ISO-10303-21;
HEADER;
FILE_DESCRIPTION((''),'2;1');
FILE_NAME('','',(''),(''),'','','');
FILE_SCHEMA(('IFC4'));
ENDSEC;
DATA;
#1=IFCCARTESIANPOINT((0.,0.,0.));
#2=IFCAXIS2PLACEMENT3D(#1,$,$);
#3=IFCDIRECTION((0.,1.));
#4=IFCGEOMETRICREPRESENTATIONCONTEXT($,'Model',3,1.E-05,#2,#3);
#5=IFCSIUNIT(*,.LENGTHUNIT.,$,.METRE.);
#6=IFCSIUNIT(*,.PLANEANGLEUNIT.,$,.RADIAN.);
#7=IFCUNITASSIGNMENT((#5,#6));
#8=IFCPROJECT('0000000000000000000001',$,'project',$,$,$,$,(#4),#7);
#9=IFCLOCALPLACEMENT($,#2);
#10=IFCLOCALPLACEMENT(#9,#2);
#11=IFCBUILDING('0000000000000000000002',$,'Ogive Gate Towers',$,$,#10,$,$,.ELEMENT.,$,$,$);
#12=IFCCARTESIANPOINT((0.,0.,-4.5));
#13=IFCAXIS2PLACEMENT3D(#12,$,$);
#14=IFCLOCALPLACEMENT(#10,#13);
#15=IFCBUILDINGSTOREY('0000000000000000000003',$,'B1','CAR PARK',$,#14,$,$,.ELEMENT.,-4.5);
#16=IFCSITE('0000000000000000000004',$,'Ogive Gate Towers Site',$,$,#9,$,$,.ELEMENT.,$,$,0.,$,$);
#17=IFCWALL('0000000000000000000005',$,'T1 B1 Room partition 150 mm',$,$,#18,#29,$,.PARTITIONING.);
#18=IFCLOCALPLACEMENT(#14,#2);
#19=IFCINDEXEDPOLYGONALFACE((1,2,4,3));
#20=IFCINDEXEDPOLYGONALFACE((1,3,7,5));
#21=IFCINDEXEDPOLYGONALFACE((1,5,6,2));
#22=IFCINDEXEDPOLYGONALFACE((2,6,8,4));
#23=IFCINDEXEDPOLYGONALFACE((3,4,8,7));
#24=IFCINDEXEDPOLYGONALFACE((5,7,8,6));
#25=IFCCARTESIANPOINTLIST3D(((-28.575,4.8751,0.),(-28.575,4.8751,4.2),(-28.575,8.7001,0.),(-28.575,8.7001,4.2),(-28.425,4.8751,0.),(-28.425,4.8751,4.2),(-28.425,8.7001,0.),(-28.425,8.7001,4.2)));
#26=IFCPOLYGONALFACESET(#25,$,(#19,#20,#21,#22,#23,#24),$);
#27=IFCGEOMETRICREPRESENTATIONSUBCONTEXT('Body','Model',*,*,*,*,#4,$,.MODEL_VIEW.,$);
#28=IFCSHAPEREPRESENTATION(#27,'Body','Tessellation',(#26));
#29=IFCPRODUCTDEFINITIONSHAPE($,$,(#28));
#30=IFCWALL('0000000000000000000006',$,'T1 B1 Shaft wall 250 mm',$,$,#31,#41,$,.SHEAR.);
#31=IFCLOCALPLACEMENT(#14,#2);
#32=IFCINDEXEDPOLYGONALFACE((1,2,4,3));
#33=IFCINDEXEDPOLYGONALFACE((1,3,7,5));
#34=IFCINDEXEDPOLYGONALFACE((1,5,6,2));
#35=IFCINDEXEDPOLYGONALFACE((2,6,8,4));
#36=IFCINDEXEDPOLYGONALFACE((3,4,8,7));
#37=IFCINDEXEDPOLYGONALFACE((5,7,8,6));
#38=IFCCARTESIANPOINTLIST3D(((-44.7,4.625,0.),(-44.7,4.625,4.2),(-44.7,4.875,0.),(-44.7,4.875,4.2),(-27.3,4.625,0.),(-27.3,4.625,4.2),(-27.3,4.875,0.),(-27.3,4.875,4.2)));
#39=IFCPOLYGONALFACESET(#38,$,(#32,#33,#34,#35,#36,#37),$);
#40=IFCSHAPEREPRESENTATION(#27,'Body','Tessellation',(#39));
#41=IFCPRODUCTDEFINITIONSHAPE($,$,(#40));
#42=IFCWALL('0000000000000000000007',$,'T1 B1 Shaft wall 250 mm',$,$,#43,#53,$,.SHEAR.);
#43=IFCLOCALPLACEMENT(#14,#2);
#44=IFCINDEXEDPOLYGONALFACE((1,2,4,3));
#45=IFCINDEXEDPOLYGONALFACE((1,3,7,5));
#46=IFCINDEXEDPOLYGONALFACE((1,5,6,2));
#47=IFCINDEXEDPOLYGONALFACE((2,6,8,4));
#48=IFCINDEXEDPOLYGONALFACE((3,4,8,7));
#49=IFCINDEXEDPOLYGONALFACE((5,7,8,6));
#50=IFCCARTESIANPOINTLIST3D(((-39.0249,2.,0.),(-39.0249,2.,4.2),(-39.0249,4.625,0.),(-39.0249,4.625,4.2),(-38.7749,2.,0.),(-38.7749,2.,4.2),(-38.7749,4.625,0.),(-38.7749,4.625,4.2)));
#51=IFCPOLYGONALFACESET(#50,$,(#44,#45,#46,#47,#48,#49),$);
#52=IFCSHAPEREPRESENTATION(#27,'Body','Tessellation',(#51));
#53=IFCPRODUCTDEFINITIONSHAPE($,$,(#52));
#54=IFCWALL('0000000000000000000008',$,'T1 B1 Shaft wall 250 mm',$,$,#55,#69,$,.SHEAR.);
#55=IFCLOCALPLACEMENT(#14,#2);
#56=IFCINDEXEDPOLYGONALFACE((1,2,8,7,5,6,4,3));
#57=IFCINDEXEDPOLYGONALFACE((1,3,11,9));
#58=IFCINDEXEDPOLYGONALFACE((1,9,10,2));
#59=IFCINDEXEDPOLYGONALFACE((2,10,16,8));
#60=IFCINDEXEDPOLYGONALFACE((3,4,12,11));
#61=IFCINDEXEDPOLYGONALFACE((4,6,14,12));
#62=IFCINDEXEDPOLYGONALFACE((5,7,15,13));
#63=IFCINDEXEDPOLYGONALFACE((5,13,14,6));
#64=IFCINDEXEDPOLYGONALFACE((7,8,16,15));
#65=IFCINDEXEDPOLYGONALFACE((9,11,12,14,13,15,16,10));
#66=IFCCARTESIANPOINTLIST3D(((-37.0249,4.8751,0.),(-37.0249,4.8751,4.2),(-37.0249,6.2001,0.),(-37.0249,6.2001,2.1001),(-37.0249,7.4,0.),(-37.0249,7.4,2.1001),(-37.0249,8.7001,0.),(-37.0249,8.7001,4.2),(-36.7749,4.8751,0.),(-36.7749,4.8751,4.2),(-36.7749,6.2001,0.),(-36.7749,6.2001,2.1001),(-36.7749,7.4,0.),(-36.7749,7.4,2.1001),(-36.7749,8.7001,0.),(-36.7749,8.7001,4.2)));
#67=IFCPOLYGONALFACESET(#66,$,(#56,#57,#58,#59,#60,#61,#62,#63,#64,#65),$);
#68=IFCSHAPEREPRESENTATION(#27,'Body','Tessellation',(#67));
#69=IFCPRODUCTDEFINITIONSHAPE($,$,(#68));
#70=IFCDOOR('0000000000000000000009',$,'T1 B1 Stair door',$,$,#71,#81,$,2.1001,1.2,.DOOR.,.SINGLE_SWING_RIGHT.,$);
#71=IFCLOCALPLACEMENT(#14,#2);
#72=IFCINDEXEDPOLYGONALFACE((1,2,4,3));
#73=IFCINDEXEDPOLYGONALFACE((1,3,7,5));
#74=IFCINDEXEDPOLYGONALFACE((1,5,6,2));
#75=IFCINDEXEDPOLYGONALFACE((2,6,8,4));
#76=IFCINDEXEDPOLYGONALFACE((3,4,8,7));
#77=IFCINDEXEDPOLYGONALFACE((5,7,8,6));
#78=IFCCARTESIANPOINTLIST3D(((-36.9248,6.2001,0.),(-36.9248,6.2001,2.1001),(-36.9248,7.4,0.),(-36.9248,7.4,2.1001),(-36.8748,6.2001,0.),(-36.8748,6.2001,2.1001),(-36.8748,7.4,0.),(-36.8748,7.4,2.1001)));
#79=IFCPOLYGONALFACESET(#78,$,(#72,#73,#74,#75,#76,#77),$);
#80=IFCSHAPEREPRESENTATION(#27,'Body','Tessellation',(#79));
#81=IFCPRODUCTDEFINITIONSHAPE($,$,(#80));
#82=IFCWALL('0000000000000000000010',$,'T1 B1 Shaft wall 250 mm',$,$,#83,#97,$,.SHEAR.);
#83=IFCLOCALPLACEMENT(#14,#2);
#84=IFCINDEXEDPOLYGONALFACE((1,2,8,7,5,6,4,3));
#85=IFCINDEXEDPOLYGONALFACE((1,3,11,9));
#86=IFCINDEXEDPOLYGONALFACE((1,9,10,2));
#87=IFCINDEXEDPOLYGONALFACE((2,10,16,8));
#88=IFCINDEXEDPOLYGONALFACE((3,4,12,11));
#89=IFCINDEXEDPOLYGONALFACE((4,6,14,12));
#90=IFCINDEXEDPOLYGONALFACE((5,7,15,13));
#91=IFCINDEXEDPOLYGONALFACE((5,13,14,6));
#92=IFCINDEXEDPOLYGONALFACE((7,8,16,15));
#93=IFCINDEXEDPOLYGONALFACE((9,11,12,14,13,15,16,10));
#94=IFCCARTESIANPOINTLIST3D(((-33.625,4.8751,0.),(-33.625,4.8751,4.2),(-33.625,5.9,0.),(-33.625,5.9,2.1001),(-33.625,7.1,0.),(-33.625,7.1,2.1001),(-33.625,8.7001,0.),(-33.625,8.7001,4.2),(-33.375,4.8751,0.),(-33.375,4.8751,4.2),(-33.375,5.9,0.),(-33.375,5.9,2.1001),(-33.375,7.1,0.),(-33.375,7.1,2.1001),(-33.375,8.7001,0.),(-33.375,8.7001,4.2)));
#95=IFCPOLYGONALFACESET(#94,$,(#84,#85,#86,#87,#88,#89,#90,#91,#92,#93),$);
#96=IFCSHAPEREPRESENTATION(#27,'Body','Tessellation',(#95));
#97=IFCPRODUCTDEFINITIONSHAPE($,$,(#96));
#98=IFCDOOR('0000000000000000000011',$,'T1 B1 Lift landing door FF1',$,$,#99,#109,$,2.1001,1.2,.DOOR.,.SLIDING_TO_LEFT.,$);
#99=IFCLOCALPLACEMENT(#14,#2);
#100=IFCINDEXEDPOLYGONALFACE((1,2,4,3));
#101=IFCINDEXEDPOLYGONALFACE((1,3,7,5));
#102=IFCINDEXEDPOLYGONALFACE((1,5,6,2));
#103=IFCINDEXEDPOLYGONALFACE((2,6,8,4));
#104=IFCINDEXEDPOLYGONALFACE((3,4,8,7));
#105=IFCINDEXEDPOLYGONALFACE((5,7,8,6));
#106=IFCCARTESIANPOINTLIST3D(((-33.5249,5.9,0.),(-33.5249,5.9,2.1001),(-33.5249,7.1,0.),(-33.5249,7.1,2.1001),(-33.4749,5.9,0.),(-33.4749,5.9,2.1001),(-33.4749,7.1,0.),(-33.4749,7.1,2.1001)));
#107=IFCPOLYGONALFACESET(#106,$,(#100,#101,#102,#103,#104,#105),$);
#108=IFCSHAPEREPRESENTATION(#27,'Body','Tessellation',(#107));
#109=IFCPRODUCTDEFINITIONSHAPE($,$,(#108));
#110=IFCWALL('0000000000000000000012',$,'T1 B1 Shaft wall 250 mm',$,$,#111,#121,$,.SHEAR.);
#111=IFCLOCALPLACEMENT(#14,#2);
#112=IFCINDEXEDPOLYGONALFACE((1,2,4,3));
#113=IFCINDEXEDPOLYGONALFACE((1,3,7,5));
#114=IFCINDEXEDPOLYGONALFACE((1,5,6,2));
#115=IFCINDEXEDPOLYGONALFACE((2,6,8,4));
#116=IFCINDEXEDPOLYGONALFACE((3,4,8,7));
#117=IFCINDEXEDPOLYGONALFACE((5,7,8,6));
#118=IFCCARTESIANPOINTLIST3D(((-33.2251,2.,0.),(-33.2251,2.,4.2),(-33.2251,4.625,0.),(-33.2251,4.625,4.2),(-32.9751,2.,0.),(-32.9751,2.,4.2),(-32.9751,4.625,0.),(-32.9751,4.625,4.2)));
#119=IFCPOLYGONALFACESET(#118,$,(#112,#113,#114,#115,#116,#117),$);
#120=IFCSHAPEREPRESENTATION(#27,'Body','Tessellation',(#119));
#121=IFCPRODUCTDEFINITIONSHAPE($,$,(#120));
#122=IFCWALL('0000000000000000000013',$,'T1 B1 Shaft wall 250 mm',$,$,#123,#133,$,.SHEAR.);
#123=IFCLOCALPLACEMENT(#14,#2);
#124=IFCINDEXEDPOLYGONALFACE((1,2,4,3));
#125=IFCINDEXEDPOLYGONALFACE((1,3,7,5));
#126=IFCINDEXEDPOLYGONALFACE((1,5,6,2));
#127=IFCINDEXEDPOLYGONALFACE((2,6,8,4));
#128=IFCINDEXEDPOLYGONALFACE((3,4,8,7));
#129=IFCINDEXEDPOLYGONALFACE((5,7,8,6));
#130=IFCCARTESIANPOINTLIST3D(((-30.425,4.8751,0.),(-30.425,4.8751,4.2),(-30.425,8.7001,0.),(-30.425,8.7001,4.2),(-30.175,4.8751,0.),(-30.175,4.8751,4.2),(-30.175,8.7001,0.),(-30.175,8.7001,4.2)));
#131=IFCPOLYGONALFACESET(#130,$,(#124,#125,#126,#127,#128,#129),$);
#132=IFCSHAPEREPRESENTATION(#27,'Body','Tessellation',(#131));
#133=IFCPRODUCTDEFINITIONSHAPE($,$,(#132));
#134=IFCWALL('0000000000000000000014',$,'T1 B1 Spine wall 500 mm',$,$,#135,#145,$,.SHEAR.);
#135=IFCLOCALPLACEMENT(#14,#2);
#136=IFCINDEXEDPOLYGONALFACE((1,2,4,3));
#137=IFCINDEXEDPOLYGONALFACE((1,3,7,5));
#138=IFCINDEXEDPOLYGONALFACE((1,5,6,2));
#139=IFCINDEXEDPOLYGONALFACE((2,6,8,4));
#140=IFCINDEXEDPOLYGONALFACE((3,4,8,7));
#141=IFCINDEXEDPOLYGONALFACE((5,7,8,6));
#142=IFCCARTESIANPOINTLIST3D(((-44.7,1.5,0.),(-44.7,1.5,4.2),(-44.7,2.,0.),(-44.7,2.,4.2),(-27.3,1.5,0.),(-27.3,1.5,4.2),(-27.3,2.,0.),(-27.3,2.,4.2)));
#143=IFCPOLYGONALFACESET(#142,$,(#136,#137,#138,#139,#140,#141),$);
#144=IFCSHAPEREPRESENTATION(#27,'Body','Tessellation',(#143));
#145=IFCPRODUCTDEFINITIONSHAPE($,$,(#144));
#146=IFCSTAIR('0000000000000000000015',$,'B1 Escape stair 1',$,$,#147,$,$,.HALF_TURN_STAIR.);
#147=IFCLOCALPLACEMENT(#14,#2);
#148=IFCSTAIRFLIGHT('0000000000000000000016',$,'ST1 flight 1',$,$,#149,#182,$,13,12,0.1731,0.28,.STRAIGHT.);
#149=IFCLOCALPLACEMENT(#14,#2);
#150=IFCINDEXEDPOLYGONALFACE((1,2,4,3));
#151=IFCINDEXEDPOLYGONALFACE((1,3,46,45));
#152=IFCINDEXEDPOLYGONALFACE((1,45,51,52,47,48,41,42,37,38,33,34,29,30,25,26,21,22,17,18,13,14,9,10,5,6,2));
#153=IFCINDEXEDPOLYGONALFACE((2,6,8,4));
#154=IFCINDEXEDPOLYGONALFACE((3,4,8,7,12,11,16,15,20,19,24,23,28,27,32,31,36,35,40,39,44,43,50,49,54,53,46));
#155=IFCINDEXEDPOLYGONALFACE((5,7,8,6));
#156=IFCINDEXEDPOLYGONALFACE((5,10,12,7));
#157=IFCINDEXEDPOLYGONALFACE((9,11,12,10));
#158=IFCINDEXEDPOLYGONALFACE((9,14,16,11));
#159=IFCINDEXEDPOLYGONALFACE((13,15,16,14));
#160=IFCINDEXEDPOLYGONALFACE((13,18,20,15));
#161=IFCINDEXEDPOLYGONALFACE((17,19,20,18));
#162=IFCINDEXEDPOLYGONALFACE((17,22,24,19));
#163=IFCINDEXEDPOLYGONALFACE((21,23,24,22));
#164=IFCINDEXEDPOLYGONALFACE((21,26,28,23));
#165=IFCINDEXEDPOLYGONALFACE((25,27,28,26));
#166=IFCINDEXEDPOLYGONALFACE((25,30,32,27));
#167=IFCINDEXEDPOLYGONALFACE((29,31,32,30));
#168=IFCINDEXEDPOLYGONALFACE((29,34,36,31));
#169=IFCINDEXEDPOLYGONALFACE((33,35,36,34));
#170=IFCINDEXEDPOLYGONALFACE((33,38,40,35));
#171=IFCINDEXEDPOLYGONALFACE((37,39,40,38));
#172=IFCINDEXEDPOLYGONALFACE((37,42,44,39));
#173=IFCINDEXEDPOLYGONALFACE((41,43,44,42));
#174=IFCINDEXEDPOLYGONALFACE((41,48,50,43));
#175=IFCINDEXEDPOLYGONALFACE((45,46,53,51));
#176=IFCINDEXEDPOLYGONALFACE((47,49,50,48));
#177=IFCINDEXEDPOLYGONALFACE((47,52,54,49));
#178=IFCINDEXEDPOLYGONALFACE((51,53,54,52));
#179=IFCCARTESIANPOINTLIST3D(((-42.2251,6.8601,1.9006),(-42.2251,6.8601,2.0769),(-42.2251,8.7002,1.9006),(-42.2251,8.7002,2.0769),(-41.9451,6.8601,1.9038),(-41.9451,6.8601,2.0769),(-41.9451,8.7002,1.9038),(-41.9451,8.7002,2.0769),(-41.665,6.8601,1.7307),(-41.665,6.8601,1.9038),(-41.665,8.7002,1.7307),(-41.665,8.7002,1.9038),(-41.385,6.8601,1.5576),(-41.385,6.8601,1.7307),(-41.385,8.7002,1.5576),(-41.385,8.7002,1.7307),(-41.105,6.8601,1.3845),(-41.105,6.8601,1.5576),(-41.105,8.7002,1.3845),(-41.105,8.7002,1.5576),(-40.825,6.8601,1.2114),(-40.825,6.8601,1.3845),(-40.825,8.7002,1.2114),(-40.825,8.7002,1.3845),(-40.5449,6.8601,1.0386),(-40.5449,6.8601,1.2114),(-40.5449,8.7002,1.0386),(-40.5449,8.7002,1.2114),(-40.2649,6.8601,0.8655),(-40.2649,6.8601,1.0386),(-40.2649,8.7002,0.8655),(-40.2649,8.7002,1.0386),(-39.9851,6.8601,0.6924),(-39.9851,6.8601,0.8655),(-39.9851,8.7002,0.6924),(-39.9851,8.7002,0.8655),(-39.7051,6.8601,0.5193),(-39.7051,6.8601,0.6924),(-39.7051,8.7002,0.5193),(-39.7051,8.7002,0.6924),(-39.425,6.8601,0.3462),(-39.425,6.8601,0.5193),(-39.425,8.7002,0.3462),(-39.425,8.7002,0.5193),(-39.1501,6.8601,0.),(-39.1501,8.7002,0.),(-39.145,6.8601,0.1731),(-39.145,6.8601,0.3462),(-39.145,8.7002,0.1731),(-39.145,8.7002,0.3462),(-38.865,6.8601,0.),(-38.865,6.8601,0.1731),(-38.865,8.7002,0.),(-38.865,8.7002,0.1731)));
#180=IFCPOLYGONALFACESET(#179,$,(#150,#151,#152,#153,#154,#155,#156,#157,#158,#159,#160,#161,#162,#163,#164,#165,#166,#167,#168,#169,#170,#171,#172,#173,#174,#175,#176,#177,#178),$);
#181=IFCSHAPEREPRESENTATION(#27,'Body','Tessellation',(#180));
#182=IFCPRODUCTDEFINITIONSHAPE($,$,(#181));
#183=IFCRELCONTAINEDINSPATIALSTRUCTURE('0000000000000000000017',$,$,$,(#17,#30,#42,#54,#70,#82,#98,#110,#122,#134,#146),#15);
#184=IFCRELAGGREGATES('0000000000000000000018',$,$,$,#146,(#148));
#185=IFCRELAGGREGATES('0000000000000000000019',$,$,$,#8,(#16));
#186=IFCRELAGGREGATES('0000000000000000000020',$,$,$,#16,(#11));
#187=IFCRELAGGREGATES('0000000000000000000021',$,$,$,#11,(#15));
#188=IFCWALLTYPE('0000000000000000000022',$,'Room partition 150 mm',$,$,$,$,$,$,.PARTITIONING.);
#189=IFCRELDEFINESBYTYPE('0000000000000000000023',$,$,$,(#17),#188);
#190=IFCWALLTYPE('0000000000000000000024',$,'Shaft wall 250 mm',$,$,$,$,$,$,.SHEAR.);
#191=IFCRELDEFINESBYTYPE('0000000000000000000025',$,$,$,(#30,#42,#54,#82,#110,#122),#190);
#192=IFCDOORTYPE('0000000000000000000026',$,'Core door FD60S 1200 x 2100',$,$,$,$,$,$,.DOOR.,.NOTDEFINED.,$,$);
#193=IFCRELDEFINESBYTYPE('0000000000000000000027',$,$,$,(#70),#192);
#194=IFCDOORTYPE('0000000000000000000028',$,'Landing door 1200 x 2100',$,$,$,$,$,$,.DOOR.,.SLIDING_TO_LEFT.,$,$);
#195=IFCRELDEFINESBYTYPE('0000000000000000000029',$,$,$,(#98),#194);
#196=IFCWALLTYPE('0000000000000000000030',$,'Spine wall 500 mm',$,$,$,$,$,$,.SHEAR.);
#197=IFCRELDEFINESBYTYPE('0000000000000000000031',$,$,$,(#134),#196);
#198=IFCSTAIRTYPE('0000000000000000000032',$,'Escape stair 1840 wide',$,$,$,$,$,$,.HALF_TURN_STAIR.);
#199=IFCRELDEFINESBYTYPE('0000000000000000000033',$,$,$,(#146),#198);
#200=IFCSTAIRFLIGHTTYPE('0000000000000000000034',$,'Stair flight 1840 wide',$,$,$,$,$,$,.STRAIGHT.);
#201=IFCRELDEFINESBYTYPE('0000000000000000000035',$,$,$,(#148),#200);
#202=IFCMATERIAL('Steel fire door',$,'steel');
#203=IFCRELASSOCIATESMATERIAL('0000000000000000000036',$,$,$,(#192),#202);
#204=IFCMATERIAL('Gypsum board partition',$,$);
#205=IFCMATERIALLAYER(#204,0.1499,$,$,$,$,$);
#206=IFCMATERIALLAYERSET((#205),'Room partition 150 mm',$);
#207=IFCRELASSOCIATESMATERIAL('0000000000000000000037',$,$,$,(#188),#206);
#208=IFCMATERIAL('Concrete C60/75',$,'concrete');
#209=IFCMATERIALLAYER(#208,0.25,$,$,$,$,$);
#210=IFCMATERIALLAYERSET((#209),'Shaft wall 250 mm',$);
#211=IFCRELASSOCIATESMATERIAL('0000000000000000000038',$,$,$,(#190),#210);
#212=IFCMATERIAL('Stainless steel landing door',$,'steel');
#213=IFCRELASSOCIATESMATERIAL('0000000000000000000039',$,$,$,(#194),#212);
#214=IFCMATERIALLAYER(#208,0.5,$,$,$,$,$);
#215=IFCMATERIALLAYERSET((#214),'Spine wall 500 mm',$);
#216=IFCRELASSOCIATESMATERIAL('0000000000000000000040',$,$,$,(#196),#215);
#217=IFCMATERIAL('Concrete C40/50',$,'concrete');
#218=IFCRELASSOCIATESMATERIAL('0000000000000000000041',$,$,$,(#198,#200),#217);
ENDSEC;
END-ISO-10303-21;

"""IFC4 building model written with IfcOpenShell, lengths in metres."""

from ifc_helpers import new_model, si_unit, direction, frame, frame_2d, origin, place, context, subcontext, project, spatial, polyline, rectangle, outline, extrude, material, layer, layer_set, type_object, element, fill, aggregate, save


model = new_model("IFC4")

# Units and contexts
model_context = context("Model", 3, precision=1e-05, world=origin(), true_north=direction((0.0, 1.0)))
body_context = subcontext(model_context, "Body", "Model", "MODEL_VIEW")
ifc_project = project(units=[si_unit("LENGTHUNIT", "METRE"), si_unit("PLANEANGLEUNIT", "RADIAN")], contexts=[model_context])

# Site, building, storey
site_placement = place(None, origin())
site = spatial("IfcSite", under=ifc_project, at=site_placement, Name="Ogive Gate Towers Site", CompositionType="ELEMENT", RefElevation=0.0)
building_placement = place(site_placement, origin())
building = spatial("IfcBuilding", under=site, at=building_placement, Name="Ogive Gate Towers", CompositionType="ELEMENT")
storey_placement = place(building_placement, frame((0.0, 0.0, -4.5)))
storey = spatial("IfcBuildingStorey", under=building, at=storey_placement, Name="B1", Description="CAR PARK", CompositionType="ELEMENT", Elevation=-4.5)

# Shared definitions
ifc_material_1 = material(Name="Concrete C60/75", Category="concrete")
ifc_material_2 = material(Name="Steel fire door", Category="steel")
door_type_1 = type_object("IfcDoorType", Name="Core door FD60S 1200 x 2100", OperationType="NOTDEFINED", PredefinedType="DOOR", material=ifc_material_2)

# Walls
ifc_material_3 = material(Name="Gypsum board partition")
ifc_layer_1 = layer(ifc_material_3, 0.1499)
ifc_layer_set_1 = layer_set([ifc_layer_1], Name="Room partition 150 mm")
wall_type_1 = type_object("IfcWallType", Name="Room partition 150 mm", PredefinedType="PARTITIONING", material=ifc_layer_set_1)
wall_1_placement = place(storey_placement, frame((-28.5, 4.875, 0.0), z_axis=(0.0, 0.0, 1.0), x_axis=(0.0, 1.0, 0.0)))
element("IfcWall", 1, at=wall_1_placement, inside=storey, type_object=wall_type_1, Name="T1 B1 Room partition 150 mm", PredefinedType="PARTITIONING", context=body_context, shape_type="SweptSolid", body=[
    extrude(rectangle(XDim=3.825, YDim=0.1499, at=frame_2d((1.9126, 0.0))), origin(), (0.0, 0.0, 1.0), 4.2),
])
ifc_layer_2 = layer(ifc_material_1, 0.25)
ifc_layer_set_2 = layer_set([ifc_layer_2], Name="Shaft wall 250 mm")
wall_type_2 = type_object("IfcWallType", Name="Shaft wall 250 mm", PredefinedType="SHEAR", material=ifc_layer_set_2)
wall_2_placement = place(storey_placement, frame((-44.7, 4.75, 0.0), z_axis=(0.0, 0.0, 1.0), x_axis=(1.0, 0.0, 0.0)))
element("IfcWall", 2, at=wall_2_placement, inside=storey, type_object=wall_type_2, Name="T1 B1 Shaft wall 250 mm", PredefinedType="SHEAR", context=body_context, shape_type="SweptSolid", body=[
    extrude(rectangle(XDim=17.3999, YDim=0.25, at=frame_2d((8.7, 0.0))), origin(), (0.0, 0.0, 1.0), 4.2),
])
wall_3_placement = place(storey_placement, frame((-38.8999, 2.0, 0.0), z_axis=(0.0, 0.0, 1.0), x_axis=(0.0, 1.0, 0.0)))
element("IfcWall", 3, at=wall_3_placement, inside=storey, type_object=wall_type_2, Name="T1 B1 Shaft wall 250 mm", PredefinedType="SHEAR", context=body_context, shape_type="SweptSolid", body=[
    extrude(rectangle(XDim=2.625, YDim=0.25, at=frame_2d((1.3125, 0.0))), origin(), (0.0, 0.0, 1.0), 4.2),
])

# Walls, openings, doors
wall_4_placement = place(storey_placement, frame((-36.8999, 4.875, 0.0), z_axis=(0.0, 0.0, 1.0), x_axis=(0.0, 1.0, 0.0)))
wall_4 = element("IfcWall", 4, at=wall_4_placement, inside=storey, type_object=wall_type_2, Name="T1 B1 Shaft wall 250 mm", PredefinedType="SHEAR", context=body_context, shape_type="SweptSolid", body=[
    extrude(rectangle(XDim=3.825, YDim=0.25, at=frame_2d((1.9126, 0.0))), origin(), (0.0, 0.0, 1.0), 4.2),
])
opening_1_placement = place(wall_4_placement, frame((1.325, 0.0, 0.0)))
opening_1 = element("IfcOpeningElement", 5, at=opening_1_placement, cuts=wall_4, PredefinedType="OPENING", context=body_context, shape_type="SweptSolid", body=[
    extrude(rectangle(XDim=1.2, YDim=2.1001, at=frame_2d((0.6001, 1.05))), frame((0.0, 0.135, 0.0), z_axis=(0.0, -1.0, 0.0), x_axis=(1.0, 0.0, 0.0)), (0.0, 0.0, 1.0), 0.27),
])
door_1_placement = place(opening_1_placement, origin())
door_1 = element("IfcDoor", 6, at=door_1_placement, inside=storey, type_object=door_type_1, Name="T1 B1 Stair door", OperationType="SINGLE_SWING_RIGHT", OverallHeight=2.1001, OverallWidth=1.2, PredefinedType="DOOR", context=body_context, shape_type="SweptSolid", body=[
    extrude(rectangle(XDim=1.2, YDim=2.1001, at=frame_2d((0.6001, 1.05))), frame((0.0, 0.0249, 0.0), z_axis=(0.0, -1.0, 0.0), x_axis=(1.0, 0.0, 0.0)), (0.0, 0.0, 1.0), 0.05),
])
fill(opening_1, door_1)
wall_5_placement = place(storey_placement, frame((-33.5, 4.875, 0.0), z_axis=(0.0, 0.0, 1.0), x_axis=(0.0, 1.0, 0.0)))
wall_5 = element("IfcWall", 7, at=wall_5_placement, inside=storey, type_object=wall_type_2, Name="T1 B1 Shaft wall 250 mm", PredefinedType="SHEAR", context=body_context, shape_type="SweptSolid", body=[
    extrude(rectangle(XDim=3.825, YDim=0.25, at=frame_2d((1.9126, 0.0))), origin(), (0.0, 0.0, 1.0), 4.2),
])
opening_2_placement = place(wall_5_placement, frame((1.0249, 0.0, 0.0)))
opening_2 = element("IfcOpeningElement", 8, at=opening_2_placement, cuts=wall_5, PredefinedType="OPENING", context=body_context, shape_type="SweptSolid", body=[
    extrude(rectangle(XDim=1.2, YDim=2.1001, at=frame_2d((0.6001, 1.05))), frame((0.0, 0.135, 0.0), z_axis=(0.0, -1.0, 0.0), x_axis=(1.0, 0.0, 0.0)), (0.0, 0.0, 1.0), 0.27),
])
ifc_material_4 = material(Name="Stainless steel landing door", Category="steel")
door_type_2 = type_object("IfcDoorType", Name="Landing door 1200 x 2100", OperationType="SLIDING_TO_LEFT", PredefinedType="DOOR", material=ifc_material_4)
door_2_placement = place(opening_2_placement, origin())
door_2 = element("IfcDoor", 9, at=door_2_placement, inside=storey, type_object=door_type_2, Name="T1 B1 Lift landing door FF1", OperationType="SLIDING_TO_LEFT", OverallHeight=2.1001, OverallWidth=1.2, PredefinedType="DOOR", context=body_context, shape_type="SweptSolid", body=[
    extrude(rectangle(XDim=1.2, YDim=2.1001, at=frame_2d((0.6001, 1.05))), frame((0.0, 0.0249, 0.0), z_axis=(0.0, -1.0, 0.0), x_axis=(1.0, 0.0, 0.0)), (0.0, 0.0, 1.0), 0.05),
])
fill(opening_2, door_2)

# Walls
wall_6_placement = place(storey_placement, frame((-33.1001, 2.0, 0.0), z_axis=(0.0, 0.0, 1.0), x_axis=(0.0, 1.0, 0.0)))
element("IfcWall", 10, at=wall_6_placement, inside=storey, type_object=wall_type_2, Name="T1 B1 Shaft wall 250 mm", PredefinedType="SHEAR", context=body_context, shape_type="SweptSolid", body=[
    extrude(rectangle(XDim=2.625, YDim=0.25, at=frame_2d((1.3125, 0.0))), origin(), (0.0, 0.0, 1.0), 4.2),
])
wall_7_placement = place(storey_placement, frame((-30.3, 4.875, 0.0), z_axis=(0.0, 0.0, 1.0), x_axis=(0.0, 1.0, 0.0)))
element("IfcWall", 11, at=wall_7_placement, inside=storey, type_object=wall_type_2, Name="T1 B1 Shaft wall 250 mm", PredefinedType="SHEAR", context=body_context, shape_type="SweptSolid", body=[
    extrude(rectangle(XDim=3.825, YDim=0.25, at=frame_2d((1.9126, 0.0))), origin(), (0.0, 0.0, 1.0), 4.2),
])
ifc_layer_3 = layer(ifc_material_1, 0.5)
ifc_layer_set_3 = layer_set([ifc_layer_3], Name="Spine wall 500 mm")
wall_type_3 = type_object("IfcWallType", Name="Spine wall 500 mm", PredefinedType="SHEAR", material=ifc_layer_set_3)
wall_8_placement = place(storey_placement, frame((-44.7, 1.75, 0.0), z_axis=(0.0, 0.0, 1.0), x_axis=(1.0, 0.0, 0.0)))
element("IfcWall", 12, at=wall_8_placement, inside=storey, type_object=wall_type_3, Name="T1 B1 Spine wall 500 mm", PredefinedType="SHEAR", context=body_context, shape_type="SweptSolid", body=[
    extrude(rectangle(XDim=17.3999, YDim=0.5, at=frame_2d((8.7, 0.0))), origin(), (0.0, 0.0, 1.0), 4.2),
])

# Stair, stair flight
ifc_material_5 = material(Name="Concrete C40/50", Category="concrete")
stair_type = type_object("IfcStairType", Name="Escape stair 1840 wide", PredefinedType="HALF_TURN_STAIR", material=ifc_material_5)
stair_placement = place(storey_placement, origin())
stair = element("IfcStair", 13, at=stair_placement, inside=storey, type_object=stair_type, Name="B1 Escape stair 1", PredefinedType="HALF_TURN_STAIR")
stair_flight_type = type_object("IfcStairFlightType", Name="Stair flight 1840 wide", PredefinedType="STRAIGHT", material=ifc_material_5)
stair_flight_1_placement = place(storey_placement, frame((-38.865, 7.78, 0.0), z_axis=(0.0, 0.0, 1.0), x_axis=(-1.0, 0.0, 0.0)))
stair_flight_1 = element("IfcStairFlight", 14, at=stair_flight_1_placement, type_object=stair_flight_type, Name="ST1 flight 1", NumberOfRisers=13, NumberOfTreads=12, PredefinedType="STRAIGHT", RiserHeight=0.1731, TreadLength=0.28, context=body_context, shape_type="SweptSolid", body=[
    extrude(outline(polyline([(0.0, 0.0), (0.0, 0.1731), (0.28, 0.1731), (0.28, 0.3462), (0.5601, 0.3462), (0.5601, 0.5193), (0.8401, 0.5193), (0.8401, 0.6924), (1.1201, 0.6924), (1.1201, 0.8655), (1.3999, 0.8655), (1.3999, 1.0386), (1.6799, 1.0386), (1.6799, 1.2114), (1.96, 1.2114), (1.96, 1.3845), (2.24, 1.3845), (2.24, 1.5576), (2.52, 1.5576), (2.52, 1.7307), (2.8, 1.7307), (2.8, 1.9038), (3.0801, 1.9038), (3.0801, 2.0769), (3.3601, 2.0769), (3.3601, 2.25), (3.3601, 1.9006), (0.2852, 0.0), (0.0, 0.0)])), frame((0.0, 0.9199, 0.0), z_axis=(0.0, -1.0, 0.0), x_axis=(1.0, 0.0, 0.0)), (0.0, 0.0, 1.0), 1.8401),
])
aggregate(stair, [stair_flight_1])

save(model, "model.ifc")
